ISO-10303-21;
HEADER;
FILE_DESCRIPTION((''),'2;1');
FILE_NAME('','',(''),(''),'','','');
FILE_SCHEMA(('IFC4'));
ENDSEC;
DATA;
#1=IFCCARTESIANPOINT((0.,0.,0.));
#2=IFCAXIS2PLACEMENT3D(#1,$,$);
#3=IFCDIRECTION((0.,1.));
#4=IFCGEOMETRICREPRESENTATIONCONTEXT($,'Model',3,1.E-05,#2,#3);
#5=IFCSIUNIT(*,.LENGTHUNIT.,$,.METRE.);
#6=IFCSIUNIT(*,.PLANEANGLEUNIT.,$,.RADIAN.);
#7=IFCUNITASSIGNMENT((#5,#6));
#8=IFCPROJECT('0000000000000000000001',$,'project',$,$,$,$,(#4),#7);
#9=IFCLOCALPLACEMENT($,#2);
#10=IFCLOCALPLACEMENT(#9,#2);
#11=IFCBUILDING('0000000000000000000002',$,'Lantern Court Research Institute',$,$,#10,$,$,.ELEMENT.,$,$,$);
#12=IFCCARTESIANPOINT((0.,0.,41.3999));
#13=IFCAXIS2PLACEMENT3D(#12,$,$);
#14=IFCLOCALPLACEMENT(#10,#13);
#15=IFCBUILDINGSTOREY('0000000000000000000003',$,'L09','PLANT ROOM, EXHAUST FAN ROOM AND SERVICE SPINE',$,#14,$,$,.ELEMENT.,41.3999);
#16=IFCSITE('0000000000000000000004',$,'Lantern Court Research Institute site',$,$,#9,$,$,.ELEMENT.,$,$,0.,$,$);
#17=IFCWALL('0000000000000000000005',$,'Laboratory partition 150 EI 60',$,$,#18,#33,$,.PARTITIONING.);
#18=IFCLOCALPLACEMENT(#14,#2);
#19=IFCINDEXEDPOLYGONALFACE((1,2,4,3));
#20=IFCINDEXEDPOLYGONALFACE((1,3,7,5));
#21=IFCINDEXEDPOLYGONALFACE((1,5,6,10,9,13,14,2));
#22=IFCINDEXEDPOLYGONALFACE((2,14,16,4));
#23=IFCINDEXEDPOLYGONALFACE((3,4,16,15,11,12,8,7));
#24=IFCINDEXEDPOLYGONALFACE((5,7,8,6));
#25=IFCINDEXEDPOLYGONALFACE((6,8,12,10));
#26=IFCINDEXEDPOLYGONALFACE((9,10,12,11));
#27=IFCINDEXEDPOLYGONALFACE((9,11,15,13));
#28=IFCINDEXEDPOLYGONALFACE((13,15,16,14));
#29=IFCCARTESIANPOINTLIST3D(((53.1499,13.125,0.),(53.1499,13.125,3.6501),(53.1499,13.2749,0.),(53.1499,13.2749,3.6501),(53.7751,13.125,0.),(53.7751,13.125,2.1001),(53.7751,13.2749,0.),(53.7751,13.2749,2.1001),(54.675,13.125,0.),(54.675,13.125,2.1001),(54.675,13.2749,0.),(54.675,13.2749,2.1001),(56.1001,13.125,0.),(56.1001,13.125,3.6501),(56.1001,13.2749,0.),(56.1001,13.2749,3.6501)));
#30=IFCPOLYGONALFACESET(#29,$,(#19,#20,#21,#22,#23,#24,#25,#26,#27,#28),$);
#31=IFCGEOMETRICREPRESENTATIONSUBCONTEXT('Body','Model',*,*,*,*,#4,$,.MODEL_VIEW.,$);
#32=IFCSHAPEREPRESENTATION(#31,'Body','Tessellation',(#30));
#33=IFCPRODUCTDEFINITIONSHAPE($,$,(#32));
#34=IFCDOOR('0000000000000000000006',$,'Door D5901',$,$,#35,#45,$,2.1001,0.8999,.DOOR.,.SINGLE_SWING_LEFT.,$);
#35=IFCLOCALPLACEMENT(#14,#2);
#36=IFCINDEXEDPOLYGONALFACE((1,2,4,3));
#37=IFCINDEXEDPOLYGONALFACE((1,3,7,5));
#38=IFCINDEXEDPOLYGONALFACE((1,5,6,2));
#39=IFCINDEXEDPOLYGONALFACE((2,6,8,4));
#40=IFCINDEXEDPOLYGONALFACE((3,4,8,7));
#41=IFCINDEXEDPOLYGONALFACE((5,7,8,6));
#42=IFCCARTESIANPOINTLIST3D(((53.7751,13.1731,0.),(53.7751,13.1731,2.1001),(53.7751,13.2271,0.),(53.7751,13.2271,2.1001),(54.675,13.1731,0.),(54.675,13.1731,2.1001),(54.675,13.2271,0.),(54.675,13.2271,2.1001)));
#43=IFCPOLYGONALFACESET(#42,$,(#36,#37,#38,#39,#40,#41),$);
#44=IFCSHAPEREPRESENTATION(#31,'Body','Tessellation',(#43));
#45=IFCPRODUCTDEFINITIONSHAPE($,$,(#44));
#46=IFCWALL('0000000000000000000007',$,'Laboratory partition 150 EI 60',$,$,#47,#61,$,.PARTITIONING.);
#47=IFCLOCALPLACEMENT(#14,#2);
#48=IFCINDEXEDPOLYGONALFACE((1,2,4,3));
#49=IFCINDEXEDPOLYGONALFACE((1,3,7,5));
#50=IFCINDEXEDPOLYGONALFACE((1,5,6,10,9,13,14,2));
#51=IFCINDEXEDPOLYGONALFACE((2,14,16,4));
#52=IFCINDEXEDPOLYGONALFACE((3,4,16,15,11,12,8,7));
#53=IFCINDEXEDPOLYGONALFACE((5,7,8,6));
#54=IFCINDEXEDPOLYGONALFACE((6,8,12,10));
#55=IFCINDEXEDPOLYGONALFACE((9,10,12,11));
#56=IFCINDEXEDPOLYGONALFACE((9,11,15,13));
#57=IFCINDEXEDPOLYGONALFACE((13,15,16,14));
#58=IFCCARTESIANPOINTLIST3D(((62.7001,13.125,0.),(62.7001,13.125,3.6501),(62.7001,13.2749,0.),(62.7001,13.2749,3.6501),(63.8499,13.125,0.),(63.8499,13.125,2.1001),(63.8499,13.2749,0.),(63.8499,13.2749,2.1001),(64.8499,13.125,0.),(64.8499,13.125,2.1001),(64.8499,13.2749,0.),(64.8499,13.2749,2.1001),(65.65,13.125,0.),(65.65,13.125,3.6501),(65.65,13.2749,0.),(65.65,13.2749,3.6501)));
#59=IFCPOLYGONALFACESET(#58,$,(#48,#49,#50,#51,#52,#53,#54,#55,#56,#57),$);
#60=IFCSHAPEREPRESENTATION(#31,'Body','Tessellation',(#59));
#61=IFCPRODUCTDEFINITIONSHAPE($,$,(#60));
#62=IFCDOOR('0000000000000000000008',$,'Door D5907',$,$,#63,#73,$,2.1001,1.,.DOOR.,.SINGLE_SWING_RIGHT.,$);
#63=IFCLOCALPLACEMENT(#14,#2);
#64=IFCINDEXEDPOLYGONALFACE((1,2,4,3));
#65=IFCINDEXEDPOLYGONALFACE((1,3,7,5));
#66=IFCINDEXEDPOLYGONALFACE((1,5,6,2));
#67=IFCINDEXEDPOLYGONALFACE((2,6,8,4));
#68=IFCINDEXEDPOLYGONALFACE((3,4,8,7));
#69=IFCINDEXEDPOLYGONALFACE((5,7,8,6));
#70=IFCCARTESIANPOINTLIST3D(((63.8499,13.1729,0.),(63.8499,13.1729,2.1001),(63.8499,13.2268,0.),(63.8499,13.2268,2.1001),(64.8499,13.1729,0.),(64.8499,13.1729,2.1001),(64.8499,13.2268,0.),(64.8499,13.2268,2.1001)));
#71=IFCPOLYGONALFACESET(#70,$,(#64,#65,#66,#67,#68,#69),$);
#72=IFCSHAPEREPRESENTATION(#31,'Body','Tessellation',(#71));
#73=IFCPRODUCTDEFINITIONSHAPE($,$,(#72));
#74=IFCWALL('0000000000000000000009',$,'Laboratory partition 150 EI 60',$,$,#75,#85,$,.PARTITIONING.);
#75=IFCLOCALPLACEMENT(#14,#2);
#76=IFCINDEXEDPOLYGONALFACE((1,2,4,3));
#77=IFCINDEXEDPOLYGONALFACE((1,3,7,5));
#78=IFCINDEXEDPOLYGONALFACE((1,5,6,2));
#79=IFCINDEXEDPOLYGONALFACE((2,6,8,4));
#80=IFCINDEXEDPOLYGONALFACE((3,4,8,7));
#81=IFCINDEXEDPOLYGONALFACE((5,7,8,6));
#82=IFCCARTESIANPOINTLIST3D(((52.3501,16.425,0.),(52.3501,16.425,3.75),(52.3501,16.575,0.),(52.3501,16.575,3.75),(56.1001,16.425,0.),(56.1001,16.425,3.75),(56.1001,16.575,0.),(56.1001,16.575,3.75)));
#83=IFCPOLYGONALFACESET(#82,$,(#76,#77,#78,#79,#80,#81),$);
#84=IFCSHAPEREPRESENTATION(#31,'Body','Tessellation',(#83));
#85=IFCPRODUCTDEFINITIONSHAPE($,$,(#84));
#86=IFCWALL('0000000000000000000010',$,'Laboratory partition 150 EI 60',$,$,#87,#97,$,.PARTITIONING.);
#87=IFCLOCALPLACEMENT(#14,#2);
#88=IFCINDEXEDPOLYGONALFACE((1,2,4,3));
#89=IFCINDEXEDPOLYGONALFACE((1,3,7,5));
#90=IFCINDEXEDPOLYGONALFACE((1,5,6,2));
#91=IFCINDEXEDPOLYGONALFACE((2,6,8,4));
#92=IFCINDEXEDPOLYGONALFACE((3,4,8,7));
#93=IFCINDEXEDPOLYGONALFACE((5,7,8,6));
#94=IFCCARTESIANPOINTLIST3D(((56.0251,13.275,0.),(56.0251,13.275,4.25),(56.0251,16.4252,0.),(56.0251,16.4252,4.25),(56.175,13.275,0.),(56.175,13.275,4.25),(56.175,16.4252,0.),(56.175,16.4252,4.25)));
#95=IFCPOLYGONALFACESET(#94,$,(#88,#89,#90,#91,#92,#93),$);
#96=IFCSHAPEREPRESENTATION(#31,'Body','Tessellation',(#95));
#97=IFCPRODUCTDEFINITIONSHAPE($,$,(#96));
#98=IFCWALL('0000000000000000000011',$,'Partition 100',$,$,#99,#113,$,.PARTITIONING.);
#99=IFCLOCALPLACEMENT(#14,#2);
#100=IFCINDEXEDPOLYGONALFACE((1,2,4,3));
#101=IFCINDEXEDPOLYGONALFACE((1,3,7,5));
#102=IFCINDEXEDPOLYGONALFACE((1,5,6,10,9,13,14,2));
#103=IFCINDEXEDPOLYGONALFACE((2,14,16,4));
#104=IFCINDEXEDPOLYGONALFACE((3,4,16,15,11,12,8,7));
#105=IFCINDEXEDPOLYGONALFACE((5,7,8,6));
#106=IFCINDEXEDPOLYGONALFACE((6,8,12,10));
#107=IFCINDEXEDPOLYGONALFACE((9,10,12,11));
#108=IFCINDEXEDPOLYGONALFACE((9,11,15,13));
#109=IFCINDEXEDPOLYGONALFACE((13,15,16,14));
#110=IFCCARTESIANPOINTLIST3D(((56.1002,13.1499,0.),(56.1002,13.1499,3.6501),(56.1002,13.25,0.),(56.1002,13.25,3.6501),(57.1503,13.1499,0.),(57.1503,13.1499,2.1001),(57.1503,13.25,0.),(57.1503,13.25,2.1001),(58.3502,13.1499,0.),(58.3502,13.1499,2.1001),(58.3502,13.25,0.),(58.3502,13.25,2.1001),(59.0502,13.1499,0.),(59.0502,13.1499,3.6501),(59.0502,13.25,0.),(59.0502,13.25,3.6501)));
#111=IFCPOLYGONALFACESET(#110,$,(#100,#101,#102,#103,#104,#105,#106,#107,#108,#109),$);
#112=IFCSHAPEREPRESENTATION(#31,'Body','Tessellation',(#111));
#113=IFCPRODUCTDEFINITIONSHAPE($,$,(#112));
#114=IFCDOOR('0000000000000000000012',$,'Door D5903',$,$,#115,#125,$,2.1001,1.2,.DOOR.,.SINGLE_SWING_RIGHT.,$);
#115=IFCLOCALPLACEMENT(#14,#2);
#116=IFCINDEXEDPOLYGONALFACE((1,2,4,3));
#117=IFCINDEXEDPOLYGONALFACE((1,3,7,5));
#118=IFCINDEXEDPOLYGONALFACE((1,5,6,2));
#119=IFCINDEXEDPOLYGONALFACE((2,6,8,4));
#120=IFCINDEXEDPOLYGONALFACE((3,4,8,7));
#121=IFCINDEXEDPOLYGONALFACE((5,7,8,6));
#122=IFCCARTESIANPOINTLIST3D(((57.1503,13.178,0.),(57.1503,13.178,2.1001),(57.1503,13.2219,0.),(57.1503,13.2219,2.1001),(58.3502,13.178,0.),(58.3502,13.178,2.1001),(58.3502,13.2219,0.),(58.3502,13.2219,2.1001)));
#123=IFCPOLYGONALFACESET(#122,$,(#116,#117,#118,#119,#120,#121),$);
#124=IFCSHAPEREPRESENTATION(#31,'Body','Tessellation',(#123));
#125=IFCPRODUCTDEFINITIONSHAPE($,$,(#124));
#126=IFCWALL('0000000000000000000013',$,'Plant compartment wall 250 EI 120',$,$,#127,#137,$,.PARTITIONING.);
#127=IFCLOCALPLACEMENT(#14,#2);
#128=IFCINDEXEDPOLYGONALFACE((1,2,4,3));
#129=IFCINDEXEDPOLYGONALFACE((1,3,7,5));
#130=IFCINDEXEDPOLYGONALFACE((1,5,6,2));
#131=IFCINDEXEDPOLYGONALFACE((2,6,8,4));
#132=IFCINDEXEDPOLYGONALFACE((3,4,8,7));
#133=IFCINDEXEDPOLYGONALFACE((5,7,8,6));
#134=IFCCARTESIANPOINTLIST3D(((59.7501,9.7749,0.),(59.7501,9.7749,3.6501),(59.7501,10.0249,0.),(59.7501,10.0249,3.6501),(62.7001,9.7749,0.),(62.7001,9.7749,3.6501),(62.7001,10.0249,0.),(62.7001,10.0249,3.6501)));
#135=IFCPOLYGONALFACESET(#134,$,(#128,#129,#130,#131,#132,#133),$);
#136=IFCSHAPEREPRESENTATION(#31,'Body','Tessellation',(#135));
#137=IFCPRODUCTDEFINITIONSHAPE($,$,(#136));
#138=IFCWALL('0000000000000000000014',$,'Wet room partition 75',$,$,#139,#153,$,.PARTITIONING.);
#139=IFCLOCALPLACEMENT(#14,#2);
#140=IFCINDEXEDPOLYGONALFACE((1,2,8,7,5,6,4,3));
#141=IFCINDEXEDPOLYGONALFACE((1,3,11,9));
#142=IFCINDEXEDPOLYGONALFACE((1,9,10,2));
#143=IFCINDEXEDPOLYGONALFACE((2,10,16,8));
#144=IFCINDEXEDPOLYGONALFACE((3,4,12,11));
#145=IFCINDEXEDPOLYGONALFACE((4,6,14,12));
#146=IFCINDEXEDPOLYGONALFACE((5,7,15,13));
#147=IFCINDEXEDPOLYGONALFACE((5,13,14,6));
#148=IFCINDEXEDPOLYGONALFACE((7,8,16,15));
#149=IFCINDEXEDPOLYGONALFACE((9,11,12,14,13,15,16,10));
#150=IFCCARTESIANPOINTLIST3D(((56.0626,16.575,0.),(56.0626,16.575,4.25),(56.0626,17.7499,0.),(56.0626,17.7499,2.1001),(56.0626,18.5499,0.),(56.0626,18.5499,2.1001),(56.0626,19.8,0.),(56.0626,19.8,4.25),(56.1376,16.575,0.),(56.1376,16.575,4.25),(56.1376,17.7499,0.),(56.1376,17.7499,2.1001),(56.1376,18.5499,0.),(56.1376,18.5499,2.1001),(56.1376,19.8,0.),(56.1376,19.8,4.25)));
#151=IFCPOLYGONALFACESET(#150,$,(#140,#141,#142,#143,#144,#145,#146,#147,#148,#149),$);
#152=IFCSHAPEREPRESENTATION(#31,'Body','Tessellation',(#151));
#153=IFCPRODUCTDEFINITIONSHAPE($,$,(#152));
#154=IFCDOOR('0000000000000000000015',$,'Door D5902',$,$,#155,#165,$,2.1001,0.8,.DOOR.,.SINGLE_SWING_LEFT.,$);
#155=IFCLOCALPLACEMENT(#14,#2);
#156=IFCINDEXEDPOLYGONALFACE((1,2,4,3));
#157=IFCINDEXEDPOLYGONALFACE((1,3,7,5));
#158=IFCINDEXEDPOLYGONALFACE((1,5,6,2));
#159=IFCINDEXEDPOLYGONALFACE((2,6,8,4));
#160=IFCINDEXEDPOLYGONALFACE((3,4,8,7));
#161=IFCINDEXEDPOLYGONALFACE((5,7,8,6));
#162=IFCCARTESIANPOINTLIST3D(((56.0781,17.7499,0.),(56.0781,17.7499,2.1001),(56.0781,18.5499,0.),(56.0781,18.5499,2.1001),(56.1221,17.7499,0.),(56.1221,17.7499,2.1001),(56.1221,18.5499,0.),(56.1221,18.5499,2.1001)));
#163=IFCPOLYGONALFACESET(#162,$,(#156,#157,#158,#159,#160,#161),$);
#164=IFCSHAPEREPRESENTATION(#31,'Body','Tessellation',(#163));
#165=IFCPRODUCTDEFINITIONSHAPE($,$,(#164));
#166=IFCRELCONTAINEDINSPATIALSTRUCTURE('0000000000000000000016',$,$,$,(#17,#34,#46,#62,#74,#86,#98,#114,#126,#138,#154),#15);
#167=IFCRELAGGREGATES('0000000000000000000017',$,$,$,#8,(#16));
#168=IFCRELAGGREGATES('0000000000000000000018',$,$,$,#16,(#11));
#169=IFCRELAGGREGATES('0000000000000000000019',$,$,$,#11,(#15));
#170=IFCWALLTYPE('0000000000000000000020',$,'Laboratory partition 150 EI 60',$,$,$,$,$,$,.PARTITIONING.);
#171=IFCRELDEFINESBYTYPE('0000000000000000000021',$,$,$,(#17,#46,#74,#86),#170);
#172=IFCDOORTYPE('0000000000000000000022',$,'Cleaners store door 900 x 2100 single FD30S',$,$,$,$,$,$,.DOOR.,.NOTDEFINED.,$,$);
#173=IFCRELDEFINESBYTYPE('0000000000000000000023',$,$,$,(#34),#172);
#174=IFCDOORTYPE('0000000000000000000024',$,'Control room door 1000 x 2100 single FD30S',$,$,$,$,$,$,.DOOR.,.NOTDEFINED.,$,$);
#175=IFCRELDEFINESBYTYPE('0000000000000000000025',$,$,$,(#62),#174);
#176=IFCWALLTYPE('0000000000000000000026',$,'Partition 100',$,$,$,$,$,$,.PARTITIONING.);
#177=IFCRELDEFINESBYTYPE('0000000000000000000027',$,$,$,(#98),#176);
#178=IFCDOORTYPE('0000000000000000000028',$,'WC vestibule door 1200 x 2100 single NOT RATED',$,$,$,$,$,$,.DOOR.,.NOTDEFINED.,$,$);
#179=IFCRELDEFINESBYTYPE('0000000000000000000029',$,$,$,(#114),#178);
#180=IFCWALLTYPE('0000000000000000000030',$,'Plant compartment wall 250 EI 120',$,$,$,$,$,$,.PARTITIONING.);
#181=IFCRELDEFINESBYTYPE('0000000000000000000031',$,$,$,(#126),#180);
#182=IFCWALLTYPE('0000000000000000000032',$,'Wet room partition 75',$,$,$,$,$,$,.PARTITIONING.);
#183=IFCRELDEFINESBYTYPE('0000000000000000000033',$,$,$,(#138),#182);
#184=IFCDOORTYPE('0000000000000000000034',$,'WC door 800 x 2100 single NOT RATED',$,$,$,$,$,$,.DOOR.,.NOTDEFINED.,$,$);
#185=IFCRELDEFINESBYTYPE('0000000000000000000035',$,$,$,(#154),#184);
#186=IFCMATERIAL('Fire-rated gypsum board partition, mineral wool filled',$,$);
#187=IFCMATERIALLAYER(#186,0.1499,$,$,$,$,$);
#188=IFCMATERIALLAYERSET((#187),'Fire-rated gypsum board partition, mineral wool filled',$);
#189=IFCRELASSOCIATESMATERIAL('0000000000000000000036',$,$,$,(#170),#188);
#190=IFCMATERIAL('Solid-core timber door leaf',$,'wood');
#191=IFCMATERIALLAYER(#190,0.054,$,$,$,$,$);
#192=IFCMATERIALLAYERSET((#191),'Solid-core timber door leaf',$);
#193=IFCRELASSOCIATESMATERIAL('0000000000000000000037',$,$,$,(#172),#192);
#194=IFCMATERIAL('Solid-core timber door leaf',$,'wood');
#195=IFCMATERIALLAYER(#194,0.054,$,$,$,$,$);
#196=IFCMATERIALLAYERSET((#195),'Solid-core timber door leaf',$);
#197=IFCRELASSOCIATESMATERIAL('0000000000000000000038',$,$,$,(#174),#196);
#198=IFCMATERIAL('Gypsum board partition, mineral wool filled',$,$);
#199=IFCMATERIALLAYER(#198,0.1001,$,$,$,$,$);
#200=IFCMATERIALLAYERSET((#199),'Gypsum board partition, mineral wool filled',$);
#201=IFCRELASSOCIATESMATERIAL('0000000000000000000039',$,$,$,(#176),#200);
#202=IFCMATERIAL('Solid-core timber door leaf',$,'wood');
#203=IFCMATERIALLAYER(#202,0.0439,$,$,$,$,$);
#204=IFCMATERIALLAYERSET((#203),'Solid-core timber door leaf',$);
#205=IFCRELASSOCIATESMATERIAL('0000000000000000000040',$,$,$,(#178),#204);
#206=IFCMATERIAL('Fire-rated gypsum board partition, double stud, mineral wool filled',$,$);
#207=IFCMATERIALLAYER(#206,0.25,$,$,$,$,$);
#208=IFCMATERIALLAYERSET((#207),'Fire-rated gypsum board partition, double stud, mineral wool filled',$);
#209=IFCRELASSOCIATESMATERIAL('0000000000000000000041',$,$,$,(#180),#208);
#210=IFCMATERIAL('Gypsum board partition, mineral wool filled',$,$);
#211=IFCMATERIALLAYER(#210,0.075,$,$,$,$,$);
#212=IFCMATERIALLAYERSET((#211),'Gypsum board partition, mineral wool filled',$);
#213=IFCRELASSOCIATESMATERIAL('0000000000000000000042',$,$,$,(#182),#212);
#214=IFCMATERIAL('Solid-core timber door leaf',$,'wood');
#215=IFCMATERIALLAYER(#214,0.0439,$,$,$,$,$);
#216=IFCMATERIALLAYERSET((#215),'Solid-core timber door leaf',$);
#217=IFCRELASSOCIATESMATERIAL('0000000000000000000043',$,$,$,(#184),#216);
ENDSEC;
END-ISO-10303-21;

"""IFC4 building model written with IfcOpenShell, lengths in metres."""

from ifc_helpers import new_model, si_unit, direction, frame, frame_2d, origin, place, context, subcontext, project, spatial, rectangle, extrude, material, layer, layer_set, type_object, element, fill, save


model = new_model("IFC4")

# Units and contexts
model_context = context("Model", 3, precision=1e-05, world=origin(), true_north=direction((0.0, 1.0)))
body_context = subcontext(model_context, "Body", "Model", "MODEL_VIEW")
ifc_project = project(units=[si_unit("LENGTHUNIT", "METRE"), si_unit("PLANEANGLEUNIT", "RADIAN")], contexts=[model_context])

# Site, building, storey
site_placement = place(None, origin())
site = spatial("IfcSite", under=ifc_project, at=site_placement, Name="Lantern Court Research Institute site", CompositionType="ELEMENT", RefElevation=0.0)
building_placement = place(site_placement, origin())
building = spatial("IfcBuilding", under=site, at=building_placement, Name="Lantern Court Research Institute", CompositionType="ELEMENT")
storey_placement = place(building_placement, frame((0.0, 0.0, 41.3999)))
storey = spatial("IfcBuildingStorey", under=building, at=storey_placement, Name="L09", Description="PLANT ROOM, EXHAUST FAN ROOM AND SERVICE SPINE", CompositionType="ELEMENT", Elevation=41.3999)

# Walls, openings, doors
ifc_material_1 = material(Name="Fire-rated gypsum board partition, mineral wool filled")
ifc_layer_1 = layer(ifc_material_1, 0.1499)
ifc_layer_set_1 = layer_set([ifc_layer_1], Name="Fire-rated gypsum board partition, mineral wool filled")
wall_type_1 = type_object("IfcWallType", Name="Laboratory partition 150 EI 60", PredefinedType="PARTITIONING", material=ifc_layer_set_1)
wall_1_placement = place(storey_placement, frame((56.1001, 13.2, 0.0), z_axis=(0.0, 0.0, 1.0), x_axis=(-1.0, 0.0, 0.0)))
wall_1 = element("IfcWall", 1, at=wall_1_placement, inside=storey, type_object=wall_type_1, Name="Laboratory partition 150 EI 60", PredefinedType="PARTITIONING", context=body_context, shape_type="SweptSolid", body=[
    extrude(rectangle(XDim=2.9502, YDim=0.1499, at=frame_2d((1.4751, 0.0))), origin(), (0.0, 0.0, 1.0), 3.6501),
])
opening_1_placement = place(wall_1_placement, frame((1.425, 0.0, 0.0)))
opening_1 = element("IfcOpeningElement", 2, at=opening_1_placement, cuts=wall_1, PredefinedType="OPENING", context=body_context, shape_type="SweptSolid", body=[
    extrude(rectangle(XDim=0.8999, YDim=2.1001, at=frame_2d((0.45, 1.05))), frame((0.0, 0.085, 0.0), z_axis=(0.0, -1.0, 0.0), x_axis=(1.0, 0.0, 0.0)), (0.0, 0.0, 1.0), 0.1699),
])
ifc_material_2 = material(Name="Solid-core timber door leaf", Category="wood")
ifc_layer_2 = layer(ifc_material_2, 0.054)
ifc_layer_set_2 = layer_set([ifc_layer_2], Name="Solid-core timber door leaf")
door_type_1 = type_object("IfcDoorType", Name="Cleaners store door 900 x 2100 single FD30S", OperationType="NOTDEFINED", PredefinedType="DOOR", material=ifc_layer_set_2)
door_1_placement = place(opening_1_placement, origin())
door_1 = element("IfcDoor", 3, at=door_1_placement, inside=storey, type_object=door_type_1, Name="Door D5901", OperationType="SINGLE_SWING_LEFT", OverallHeight=2.1001, OverallWidth=0.8999, PredefinedType="DOOR", context=body_context, shape_type="SweptSolid", body=[
    extrude(rectangle(XDim=0.8999, YDim=2.1001, at=frame_2d((0.45, 1.05))), frame((0.0, 0.0269, 0.0), z_axis=(0.0, -1.0, 0.0), x_axis=(1.0, 0.0, 0.0)), (0.0, 0.0, 1.0), 0.054),
])
fill(opening_1, door_1)
wall_2_placement = place(storey_placement, frame((62.7, 13.2, 0.0), z_axis=(0.0, 0.0, 1.0), x_axis=(1.0, 0.0, 0.0)))
wall_2 = element("IfcWall", 4, at=wall_2_placement, inside=storey, type_object=wall_type_1, Name="Laboratory partition 150 EI 60", PredefinedType="PARTITIONING", context=body_context, shape_type="SweptSolid", body=[
    extrude(rectangle(XDim=2.95, YDim=0.1499, at=frame_2d((1.4751, 0.0))), origin(), (0.0, 0.0, 1.0), 3.6501),
])
opening_2_placement = place(wall_2_placement, frame((1.1499, 0.0, 0.0)))
opening_2 = element("IfcOpeningElement", 5, at=opening_2_placement, cuts=wall_2, PredefinedType="OPENING", context=body_context, shape_type="SweptSolid", body=[
    extrude(rectangle(XDim=1.0, YDim=2.1001, at=frame_2d((0.5, 1.05))), frame((0.0, 0.085, 0.0), z_axis=(0.0, -1.0, 0.0), x_axis=(1.0, 0.0, 0.0)), (0.0, 0.0, 1.0), 0.1699),
])
ifc_material_3 = material(Name="Solid-core timber door leaf", Category="wood")
ifc_layer_3 = layer(ifc_material_3, 0.054)
ifc_layer_set_3 = layer_set([ifc_layer_3], Name="Solid-core timber door leaf")
door_type_2 = type_object("IfcDoorType", Name="Control room door 1000 x 2100 single FD30S", OperationType="NOTDEFINED", PredefinedType="DOOR", material=ifc_layer_set_3)
door_2_placement = place(opening_2_placement, origin())
door_2 = element("IfcDoor", 6, at=door_2_placement, inside=storey, type_object=door_type_2, Name="Door D5907", OperationType="SINGLE_SWING_RIGHT", OverallHeight=2.1001, OverallWidth=1.0, PredefinedType="DOOR", context=body_context, shape_type="SweptSolid", body=[
    extrude(rectangle(XDim=1.0, YDim=2.1001, at=frame_2d((0.5, 1.05))), frame((0.0, 0.0269, 0.0), z_axis=(0.0, -1.0, 0.0), x_axis=(1.0, 0.0, 0.0)), (0.0, 0.0, 1.0), 0.054),
])
fill(opening_2, door_2)

# Walls
wall_3_placement = place(storey_placement, frame((56.1001, 16.5, 0.0), z_axis=(0.0, 0.0, 1.0), x_axis=(-1.0, 0.0, 0.0)))
element("IfcWall", 7, at=wall_3_placement, inside=storey, type_object=wall_type_1, Name="Laboratory partition 150 EI 60", PredefinedType="PARTITIONING", context=body_context, shape_type="SweptSolid", body=[
    extrude(rectangle(XDim=3.75, YDim=0.1499, at=frame_2d((1.875, 0.0))), origin(), (0.0, 0.0, 1.0), 3.75),
])
wall_4_placement = place(storey_placement, frame((56.1001, 13.2749, 0.0), z_axis=(0.0, 0.0, 1.0), x_axis=(0.0, 1.0, 0.0)))
element("IfcWall", 8, at=wall_4_placement, inside=storey, type_object=wall_type_1, Name="Laboratory partition 150 EI 60", PredefinedType="PARTITIONING", context=body_context, shape_type="SweptSolid", body=[
    extrude(rectangle(XDim=3.1501, YDim=0.1499, at=frame_2d((1.5752, 0.0))), origin(), (0.0, 0.0, 1.0), 4.25),
])

# Wall, opening, door
ifc_material_4 = material(Name="Gypsum board partition, mineral wool filled")
ifc_layer_4 = layer(ifc_material_4, 0.1001)
ifc_layer_set_4 = layer_set([ifc_layer_4], Name="Gypsum board partition, mineral wool filled")
wall_type_2 = type_object("IfcWallType", Name="Partition 100", PredefinedType="PARTITIONING", material=ifc_layer_set_4)
wall_5_placement = place(storey_placement, frame((56.1001, 13.2, 0.0), z_axis=(0.0, 0.0, 1.0), x_axis=(1.0, 0.0, 0.0)))
wall_5 = element("IfcWall", 9, at=wall_5_placement, inside=storey, type_object=wall_type_2, Name="Partition 100", PredefinedType="PARTITIONING", context=body_context, shape_type="SweptSolid", body=[
    extrude(rectangle(XDim=2.95, YDim=0.1001, at=frame_2d((1.4751, 0.0))), origin(), (0.0, 0.0, 1.0), 3.6501),
])
opening_3_placement = place(wall_5_placement, frame((1.05, 0.0, 0.0)))
opening_3 = element("IfcOpeningElement", 10, at=opening_3_placement, cuts=wall_5, PredefinedType="OPENING", context=body_context, shape_type="SweptSolid", body=[
    extrude(rectangle(XDim=1.2, YDim=2.1001, at=frame_2d((0.6001, 1.05))), frame((0.0, 0.0601, 0.0), z_axis=(0.0, -1.0, 0.0), x_axis=(1.0, 0.0, 0.0)), (0.0, 0.0, 1.0), 0.1201),
])
ifc_material_5 = material(Name="Solid-core timber door leaf", Category="wood")
ifc_layer_5 = layer(ifc_material_5, 0.0439)
ifc_layer_set_5 = layer_set([ifc_layer_5], Name="Solid-core timber door leaf")
door_type_3 = type_object("IfcDoorType", Name="WC vestibule door 1200 x 2100 single NOT RATED", OperationType="NOTDEFINED", PredefinedType="DOOR", material=ifc_layer_set_5)
door_3_placement = place(opening_3_placement, origin())
door_3 = element("IfcDoor", 11, at=door_3_placement, inside=storey, type_object=door_type_3, Name="Door D5903", OperationType="SINGLE_SWING_RIGHT", OverallHeight=2.1001, OverallWidth=1.2, PredefinedType="DOOR", context=body_context, shape_type="SweptSolid", body=[
    extrude(rectangle(XDim=1.2, YDim=2.1001, at=frame_2d((0.6001, 1.05))), frame((0.0, 0.022, 0.0), z_axis=(0.0, -1.0, 0.0), x_axis=(1.0, 0.0, 0.0)), (0.0, 0.0, 1.0), 0.0439),
])
fill(opening_3, door_3)

# Wall
ifc_material_6 = material(Name="Fire-rated gypsum board partition, double stud, mineral wool filled")
ifc_layer_6 = layer(ifc_material_6, 0.25)
ifc_layer_set_6 = layer_set([ifc_layer_6], Name="Fire-rated gypsum board partition, double stud, mineral wool filled")
wall_type_3 = type_object("IfcWallType", Name="Plant compartment wall 250 EI 120", PredefinedType="PARTITIONING", material=ifc_layer_set_6)
wall_6_placement = place(storey_placement, frame((59.75, 9.8999, 0.0), z_axis=(0.0, 0.0, 1.0), x_axis=(1.0, 0.0, 0.0)))
element("IfcWall", 12, at=wall_6_placement, inside=storey, type_object=wall_type_3, Name="Plant compartment wall 250 EI 120", PredefinedType="PARTITIONING", context=body_context, shape_type="SweptSolid", body=[
    extrude(rectangle(XDim=2.95, YDim=0.25, at=frame_2d((1.4751, 0.0))), origin(), (0.0, 0.0, 1.0), 3.6501),
])

# Wall, opening, door
ifc_material_7 = material(Name="Gypsum board partition, mineral wool filled")
ifc_layer_7 = layer(ifc_material_7, 0.075)
ifc_layer_set_7 = layer_set([ifc_layer_7], Name="Gypsum board partition, mineral wool filled")
wall_type_4 = type_object("IfcWallType", Name="Wet room partition 75", PredefinedType="PARTITIONING", material=ifc_layer_set_7)
wall_7_placement = place(storey_placement, frame((56.1001, 16.575, 0.0), z_axis=(0.0, 0.0, 1.0), x_axis=(0.0, 1.0, 0.0)))
wall_7 = element("IfcWall", 13, at=wall_7_placement, inside=storey, type_object=wall_type_4, Name="Wet room partition 75", PredefinedType="PARTITIONING", context=body_context, shape_type="SweptSolid", body=[
    extrude(rectangle(XDim=3.2251, YDim=0.075, at=frame_2d((1.6125, 0.0))), origin(), (0.0, 0.0, 1.0), 4.25),
])
opening_4_placement = place(wall_7_placement, frame((1.175, 0.0, 0.0)))
opening_4 = element("IfcOpeningElement", 14, at=opening_4_placement, cuts=wall_7, PredefinedType="OPENING", context=body_context, shape_type="SweptSolid", body=[
    extrude(rectangle(XDim=0.8, YDim=2.1001, at=frame_2d((0.3999, 1.05))), frame((0.0, 0.0474, 0.0), z_axis=(0.0, -1.0, 0.0), x_axis=(1.0, 0.0, 0.0)), (0.0, 0.0, 1.0), 0.095),
])
ifc_material_8 = material(Name="Solid-core timber door leaf", Category="wood")
ifc_layer_8 = layer(ifc_material_8, 0.0439)
ifc_layer_set_8 = layer_set([ifc_layer_8], Name="Solid-core timber door leaf")
door_type_4 = type_object("IfcDoorType", Name="WC door 800 x 2100 single NOT RATED", OperationType="NOTDEFINED", PredefinedType="DOOR", material=ifc_layer_set_8)
door_4_placement = place(opening_4_placement, origin())
door_4 = element("IfcDoor", 15, at=door_4_placement, inside=storey, type_object=door_type_4, Name="Door D5902", OperationType="SINGLE_SWING_LEFT", OverallHeight=2.1001, OverallWidth=0.8, PredefinedType="DOOR", context=body_context, shape_type="SweptSolid", body=[
    extrude(rectangle(XDim=0.8, YDim=2.1001, at=frame_2d((0.3999, 1.05))), frame((0.0, 0.022, 0.0), z_axis=(0.0, -1.0, 0.0), x_axis=(1.0, 0.0, 0.0)), (0.0, 0.0, 1.0), 0.0439),
])
fill(opening_4, door_4)

save(model, "model.ifc")
